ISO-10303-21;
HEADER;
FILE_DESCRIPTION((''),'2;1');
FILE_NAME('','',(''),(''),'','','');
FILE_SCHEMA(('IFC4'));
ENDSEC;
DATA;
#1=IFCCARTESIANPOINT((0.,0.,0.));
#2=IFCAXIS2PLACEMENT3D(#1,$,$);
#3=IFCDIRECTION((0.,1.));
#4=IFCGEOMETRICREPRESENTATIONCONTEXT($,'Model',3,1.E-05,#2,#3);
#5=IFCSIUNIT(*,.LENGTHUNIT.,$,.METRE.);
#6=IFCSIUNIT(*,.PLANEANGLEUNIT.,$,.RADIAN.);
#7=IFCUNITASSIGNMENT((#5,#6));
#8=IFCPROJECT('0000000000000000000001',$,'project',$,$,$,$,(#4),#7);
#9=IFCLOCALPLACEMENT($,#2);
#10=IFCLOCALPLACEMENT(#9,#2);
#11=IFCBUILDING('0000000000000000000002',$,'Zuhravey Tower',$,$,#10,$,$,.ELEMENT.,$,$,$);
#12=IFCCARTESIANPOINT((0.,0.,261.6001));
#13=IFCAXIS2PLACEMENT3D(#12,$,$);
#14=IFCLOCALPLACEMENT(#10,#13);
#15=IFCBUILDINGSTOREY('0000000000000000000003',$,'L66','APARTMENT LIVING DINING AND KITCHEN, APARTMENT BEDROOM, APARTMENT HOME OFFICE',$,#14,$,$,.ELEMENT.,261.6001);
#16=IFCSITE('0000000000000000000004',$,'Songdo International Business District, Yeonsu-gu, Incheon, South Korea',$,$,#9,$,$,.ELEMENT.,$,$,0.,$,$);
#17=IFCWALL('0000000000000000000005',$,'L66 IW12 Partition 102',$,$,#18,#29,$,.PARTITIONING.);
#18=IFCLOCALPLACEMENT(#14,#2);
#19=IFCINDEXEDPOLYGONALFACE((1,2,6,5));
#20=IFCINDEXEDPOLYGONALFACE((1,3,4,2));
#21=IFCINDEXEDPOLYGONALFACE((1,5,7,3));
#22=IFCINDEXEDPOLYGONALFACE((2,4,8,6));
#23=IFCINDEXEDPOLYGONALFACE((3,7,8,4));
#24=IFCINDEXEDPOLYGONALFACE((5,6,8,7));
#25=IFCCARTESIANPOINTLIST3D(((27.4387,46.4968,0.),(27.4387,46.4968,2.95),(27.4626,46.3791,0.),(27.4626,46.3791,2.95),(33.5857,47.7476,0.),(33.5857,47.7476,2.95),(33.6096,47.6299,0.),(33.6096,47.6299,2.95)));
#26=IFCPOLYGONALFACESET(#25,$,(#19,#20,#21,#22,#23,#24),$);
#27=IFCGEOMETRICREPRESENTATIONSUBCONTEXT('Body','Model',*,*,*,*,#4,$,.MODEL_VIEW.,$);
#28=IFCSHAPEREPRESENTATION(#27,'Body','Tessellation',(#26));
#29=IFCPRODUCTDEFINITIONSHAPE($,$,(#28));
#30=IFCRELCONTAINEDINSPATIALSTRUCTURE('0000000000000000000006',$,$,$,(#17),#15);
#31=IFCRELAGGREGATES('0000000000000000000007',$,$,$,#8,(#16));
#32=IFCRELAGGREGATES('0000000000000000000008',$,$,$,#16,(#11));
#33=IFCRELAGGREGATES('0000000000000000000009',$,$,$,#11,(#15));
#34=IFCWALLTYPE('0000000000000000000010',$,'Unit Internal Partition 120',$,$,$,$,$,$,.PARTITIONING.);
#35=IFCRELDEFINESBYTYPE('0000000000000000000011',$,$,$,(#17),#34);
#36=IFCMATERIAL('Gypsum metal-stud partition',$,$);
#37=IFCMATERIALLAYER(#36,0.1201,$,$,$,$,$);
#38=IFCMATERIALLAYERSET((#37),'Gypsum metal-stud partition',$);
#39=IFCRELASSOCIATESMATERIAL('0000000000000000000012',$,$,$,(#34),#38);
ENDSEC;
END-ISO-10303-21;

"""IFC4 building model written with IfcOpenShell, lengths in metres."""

from ifc_helpers import new_model, si_unit, direction, frame, frame_2d, origin, place, context, subcontext, project, spatial, rectangle, extrude, material, layer, layer_set, type_object, element, save


model = new_model("IFC4")

# Units and contexts
model_context = context("Model", 3, precision=1e-05, world=origin(), true_north=direction((0.0, 1.0)))
body_context = subcontext(model_context, "Body", "Model", "MODEL_VIEW")
ifc_project = project(units=[si_unit("LENGTHUNIT", "METRE"), si_unit("PLANEANGLEUNIT", "RADIAN")], contexts=[model_context])

# Site, building, storey
site_placement = place(None, origin())
site = spatial("IfcSite", under=ifc_project, at=site_placement, Name="Songdo International Business District, Yeonsu-gu, Incheon, South Korea", CompositionType="ELEMENT", RefElevation=0.0)
building_placement = place(site_placement, origin())
building = spatial("IfcBuilding", under=site, at=building_placement, Name="Zuhravey Tower", CompositionType="ELEMENT")
storey_placement = place(building_placement, frame((0.0, 0.0, 261.6001)))
storey = spatial("IfcBuildingStorey", under=building, at=storey_placement, Name="L66", Description="APARTMENT LIVING DINING AND KITCHEN, APARTMENT BEDROOM, APARTMENT HOME OFFICE", CompositionType="ELEMENT", Elevation=261.6001)

# Shared definitions
ifc_material_1 = material(Name="Gypsum metal-stud partition")
ifc_layer_1 = layer(ifc_material_1, 0.1201)
ifc_layer_set_1 = layer_set([ifc_layer_1], Name="Gypsum metal-stud partition")
wall_type_1 = type_object("IfcWallType", Name="Unit Internal Partition 120", PredefinedType="PARTITIONING", material=ifc_layer_set_1)

# Wall
wall_1_placement = place(storey_placement, frame((33.5977, 47.6887, 0.0), z_axis=(0.0, 0.0, 1.0), x_axis=(-0.979921, -0.199386, 0.0)))
element("IfcWall", 1, at=wall_1_placement, inside=storey, type_object=wall_type_1, Name="L66 IW12 Partition 102", PredefinedType="PARTITIONING", context=body_context, shape_type="SweptSolid", body=[
    extrude(rectangle(XDim=6.2729, YDim=0.1201, at=frame_2d((3.1365, 0.0))), origin(), (0.0, 0.0, 1.0), 2.95),
])

save(model, "model.ifc")
